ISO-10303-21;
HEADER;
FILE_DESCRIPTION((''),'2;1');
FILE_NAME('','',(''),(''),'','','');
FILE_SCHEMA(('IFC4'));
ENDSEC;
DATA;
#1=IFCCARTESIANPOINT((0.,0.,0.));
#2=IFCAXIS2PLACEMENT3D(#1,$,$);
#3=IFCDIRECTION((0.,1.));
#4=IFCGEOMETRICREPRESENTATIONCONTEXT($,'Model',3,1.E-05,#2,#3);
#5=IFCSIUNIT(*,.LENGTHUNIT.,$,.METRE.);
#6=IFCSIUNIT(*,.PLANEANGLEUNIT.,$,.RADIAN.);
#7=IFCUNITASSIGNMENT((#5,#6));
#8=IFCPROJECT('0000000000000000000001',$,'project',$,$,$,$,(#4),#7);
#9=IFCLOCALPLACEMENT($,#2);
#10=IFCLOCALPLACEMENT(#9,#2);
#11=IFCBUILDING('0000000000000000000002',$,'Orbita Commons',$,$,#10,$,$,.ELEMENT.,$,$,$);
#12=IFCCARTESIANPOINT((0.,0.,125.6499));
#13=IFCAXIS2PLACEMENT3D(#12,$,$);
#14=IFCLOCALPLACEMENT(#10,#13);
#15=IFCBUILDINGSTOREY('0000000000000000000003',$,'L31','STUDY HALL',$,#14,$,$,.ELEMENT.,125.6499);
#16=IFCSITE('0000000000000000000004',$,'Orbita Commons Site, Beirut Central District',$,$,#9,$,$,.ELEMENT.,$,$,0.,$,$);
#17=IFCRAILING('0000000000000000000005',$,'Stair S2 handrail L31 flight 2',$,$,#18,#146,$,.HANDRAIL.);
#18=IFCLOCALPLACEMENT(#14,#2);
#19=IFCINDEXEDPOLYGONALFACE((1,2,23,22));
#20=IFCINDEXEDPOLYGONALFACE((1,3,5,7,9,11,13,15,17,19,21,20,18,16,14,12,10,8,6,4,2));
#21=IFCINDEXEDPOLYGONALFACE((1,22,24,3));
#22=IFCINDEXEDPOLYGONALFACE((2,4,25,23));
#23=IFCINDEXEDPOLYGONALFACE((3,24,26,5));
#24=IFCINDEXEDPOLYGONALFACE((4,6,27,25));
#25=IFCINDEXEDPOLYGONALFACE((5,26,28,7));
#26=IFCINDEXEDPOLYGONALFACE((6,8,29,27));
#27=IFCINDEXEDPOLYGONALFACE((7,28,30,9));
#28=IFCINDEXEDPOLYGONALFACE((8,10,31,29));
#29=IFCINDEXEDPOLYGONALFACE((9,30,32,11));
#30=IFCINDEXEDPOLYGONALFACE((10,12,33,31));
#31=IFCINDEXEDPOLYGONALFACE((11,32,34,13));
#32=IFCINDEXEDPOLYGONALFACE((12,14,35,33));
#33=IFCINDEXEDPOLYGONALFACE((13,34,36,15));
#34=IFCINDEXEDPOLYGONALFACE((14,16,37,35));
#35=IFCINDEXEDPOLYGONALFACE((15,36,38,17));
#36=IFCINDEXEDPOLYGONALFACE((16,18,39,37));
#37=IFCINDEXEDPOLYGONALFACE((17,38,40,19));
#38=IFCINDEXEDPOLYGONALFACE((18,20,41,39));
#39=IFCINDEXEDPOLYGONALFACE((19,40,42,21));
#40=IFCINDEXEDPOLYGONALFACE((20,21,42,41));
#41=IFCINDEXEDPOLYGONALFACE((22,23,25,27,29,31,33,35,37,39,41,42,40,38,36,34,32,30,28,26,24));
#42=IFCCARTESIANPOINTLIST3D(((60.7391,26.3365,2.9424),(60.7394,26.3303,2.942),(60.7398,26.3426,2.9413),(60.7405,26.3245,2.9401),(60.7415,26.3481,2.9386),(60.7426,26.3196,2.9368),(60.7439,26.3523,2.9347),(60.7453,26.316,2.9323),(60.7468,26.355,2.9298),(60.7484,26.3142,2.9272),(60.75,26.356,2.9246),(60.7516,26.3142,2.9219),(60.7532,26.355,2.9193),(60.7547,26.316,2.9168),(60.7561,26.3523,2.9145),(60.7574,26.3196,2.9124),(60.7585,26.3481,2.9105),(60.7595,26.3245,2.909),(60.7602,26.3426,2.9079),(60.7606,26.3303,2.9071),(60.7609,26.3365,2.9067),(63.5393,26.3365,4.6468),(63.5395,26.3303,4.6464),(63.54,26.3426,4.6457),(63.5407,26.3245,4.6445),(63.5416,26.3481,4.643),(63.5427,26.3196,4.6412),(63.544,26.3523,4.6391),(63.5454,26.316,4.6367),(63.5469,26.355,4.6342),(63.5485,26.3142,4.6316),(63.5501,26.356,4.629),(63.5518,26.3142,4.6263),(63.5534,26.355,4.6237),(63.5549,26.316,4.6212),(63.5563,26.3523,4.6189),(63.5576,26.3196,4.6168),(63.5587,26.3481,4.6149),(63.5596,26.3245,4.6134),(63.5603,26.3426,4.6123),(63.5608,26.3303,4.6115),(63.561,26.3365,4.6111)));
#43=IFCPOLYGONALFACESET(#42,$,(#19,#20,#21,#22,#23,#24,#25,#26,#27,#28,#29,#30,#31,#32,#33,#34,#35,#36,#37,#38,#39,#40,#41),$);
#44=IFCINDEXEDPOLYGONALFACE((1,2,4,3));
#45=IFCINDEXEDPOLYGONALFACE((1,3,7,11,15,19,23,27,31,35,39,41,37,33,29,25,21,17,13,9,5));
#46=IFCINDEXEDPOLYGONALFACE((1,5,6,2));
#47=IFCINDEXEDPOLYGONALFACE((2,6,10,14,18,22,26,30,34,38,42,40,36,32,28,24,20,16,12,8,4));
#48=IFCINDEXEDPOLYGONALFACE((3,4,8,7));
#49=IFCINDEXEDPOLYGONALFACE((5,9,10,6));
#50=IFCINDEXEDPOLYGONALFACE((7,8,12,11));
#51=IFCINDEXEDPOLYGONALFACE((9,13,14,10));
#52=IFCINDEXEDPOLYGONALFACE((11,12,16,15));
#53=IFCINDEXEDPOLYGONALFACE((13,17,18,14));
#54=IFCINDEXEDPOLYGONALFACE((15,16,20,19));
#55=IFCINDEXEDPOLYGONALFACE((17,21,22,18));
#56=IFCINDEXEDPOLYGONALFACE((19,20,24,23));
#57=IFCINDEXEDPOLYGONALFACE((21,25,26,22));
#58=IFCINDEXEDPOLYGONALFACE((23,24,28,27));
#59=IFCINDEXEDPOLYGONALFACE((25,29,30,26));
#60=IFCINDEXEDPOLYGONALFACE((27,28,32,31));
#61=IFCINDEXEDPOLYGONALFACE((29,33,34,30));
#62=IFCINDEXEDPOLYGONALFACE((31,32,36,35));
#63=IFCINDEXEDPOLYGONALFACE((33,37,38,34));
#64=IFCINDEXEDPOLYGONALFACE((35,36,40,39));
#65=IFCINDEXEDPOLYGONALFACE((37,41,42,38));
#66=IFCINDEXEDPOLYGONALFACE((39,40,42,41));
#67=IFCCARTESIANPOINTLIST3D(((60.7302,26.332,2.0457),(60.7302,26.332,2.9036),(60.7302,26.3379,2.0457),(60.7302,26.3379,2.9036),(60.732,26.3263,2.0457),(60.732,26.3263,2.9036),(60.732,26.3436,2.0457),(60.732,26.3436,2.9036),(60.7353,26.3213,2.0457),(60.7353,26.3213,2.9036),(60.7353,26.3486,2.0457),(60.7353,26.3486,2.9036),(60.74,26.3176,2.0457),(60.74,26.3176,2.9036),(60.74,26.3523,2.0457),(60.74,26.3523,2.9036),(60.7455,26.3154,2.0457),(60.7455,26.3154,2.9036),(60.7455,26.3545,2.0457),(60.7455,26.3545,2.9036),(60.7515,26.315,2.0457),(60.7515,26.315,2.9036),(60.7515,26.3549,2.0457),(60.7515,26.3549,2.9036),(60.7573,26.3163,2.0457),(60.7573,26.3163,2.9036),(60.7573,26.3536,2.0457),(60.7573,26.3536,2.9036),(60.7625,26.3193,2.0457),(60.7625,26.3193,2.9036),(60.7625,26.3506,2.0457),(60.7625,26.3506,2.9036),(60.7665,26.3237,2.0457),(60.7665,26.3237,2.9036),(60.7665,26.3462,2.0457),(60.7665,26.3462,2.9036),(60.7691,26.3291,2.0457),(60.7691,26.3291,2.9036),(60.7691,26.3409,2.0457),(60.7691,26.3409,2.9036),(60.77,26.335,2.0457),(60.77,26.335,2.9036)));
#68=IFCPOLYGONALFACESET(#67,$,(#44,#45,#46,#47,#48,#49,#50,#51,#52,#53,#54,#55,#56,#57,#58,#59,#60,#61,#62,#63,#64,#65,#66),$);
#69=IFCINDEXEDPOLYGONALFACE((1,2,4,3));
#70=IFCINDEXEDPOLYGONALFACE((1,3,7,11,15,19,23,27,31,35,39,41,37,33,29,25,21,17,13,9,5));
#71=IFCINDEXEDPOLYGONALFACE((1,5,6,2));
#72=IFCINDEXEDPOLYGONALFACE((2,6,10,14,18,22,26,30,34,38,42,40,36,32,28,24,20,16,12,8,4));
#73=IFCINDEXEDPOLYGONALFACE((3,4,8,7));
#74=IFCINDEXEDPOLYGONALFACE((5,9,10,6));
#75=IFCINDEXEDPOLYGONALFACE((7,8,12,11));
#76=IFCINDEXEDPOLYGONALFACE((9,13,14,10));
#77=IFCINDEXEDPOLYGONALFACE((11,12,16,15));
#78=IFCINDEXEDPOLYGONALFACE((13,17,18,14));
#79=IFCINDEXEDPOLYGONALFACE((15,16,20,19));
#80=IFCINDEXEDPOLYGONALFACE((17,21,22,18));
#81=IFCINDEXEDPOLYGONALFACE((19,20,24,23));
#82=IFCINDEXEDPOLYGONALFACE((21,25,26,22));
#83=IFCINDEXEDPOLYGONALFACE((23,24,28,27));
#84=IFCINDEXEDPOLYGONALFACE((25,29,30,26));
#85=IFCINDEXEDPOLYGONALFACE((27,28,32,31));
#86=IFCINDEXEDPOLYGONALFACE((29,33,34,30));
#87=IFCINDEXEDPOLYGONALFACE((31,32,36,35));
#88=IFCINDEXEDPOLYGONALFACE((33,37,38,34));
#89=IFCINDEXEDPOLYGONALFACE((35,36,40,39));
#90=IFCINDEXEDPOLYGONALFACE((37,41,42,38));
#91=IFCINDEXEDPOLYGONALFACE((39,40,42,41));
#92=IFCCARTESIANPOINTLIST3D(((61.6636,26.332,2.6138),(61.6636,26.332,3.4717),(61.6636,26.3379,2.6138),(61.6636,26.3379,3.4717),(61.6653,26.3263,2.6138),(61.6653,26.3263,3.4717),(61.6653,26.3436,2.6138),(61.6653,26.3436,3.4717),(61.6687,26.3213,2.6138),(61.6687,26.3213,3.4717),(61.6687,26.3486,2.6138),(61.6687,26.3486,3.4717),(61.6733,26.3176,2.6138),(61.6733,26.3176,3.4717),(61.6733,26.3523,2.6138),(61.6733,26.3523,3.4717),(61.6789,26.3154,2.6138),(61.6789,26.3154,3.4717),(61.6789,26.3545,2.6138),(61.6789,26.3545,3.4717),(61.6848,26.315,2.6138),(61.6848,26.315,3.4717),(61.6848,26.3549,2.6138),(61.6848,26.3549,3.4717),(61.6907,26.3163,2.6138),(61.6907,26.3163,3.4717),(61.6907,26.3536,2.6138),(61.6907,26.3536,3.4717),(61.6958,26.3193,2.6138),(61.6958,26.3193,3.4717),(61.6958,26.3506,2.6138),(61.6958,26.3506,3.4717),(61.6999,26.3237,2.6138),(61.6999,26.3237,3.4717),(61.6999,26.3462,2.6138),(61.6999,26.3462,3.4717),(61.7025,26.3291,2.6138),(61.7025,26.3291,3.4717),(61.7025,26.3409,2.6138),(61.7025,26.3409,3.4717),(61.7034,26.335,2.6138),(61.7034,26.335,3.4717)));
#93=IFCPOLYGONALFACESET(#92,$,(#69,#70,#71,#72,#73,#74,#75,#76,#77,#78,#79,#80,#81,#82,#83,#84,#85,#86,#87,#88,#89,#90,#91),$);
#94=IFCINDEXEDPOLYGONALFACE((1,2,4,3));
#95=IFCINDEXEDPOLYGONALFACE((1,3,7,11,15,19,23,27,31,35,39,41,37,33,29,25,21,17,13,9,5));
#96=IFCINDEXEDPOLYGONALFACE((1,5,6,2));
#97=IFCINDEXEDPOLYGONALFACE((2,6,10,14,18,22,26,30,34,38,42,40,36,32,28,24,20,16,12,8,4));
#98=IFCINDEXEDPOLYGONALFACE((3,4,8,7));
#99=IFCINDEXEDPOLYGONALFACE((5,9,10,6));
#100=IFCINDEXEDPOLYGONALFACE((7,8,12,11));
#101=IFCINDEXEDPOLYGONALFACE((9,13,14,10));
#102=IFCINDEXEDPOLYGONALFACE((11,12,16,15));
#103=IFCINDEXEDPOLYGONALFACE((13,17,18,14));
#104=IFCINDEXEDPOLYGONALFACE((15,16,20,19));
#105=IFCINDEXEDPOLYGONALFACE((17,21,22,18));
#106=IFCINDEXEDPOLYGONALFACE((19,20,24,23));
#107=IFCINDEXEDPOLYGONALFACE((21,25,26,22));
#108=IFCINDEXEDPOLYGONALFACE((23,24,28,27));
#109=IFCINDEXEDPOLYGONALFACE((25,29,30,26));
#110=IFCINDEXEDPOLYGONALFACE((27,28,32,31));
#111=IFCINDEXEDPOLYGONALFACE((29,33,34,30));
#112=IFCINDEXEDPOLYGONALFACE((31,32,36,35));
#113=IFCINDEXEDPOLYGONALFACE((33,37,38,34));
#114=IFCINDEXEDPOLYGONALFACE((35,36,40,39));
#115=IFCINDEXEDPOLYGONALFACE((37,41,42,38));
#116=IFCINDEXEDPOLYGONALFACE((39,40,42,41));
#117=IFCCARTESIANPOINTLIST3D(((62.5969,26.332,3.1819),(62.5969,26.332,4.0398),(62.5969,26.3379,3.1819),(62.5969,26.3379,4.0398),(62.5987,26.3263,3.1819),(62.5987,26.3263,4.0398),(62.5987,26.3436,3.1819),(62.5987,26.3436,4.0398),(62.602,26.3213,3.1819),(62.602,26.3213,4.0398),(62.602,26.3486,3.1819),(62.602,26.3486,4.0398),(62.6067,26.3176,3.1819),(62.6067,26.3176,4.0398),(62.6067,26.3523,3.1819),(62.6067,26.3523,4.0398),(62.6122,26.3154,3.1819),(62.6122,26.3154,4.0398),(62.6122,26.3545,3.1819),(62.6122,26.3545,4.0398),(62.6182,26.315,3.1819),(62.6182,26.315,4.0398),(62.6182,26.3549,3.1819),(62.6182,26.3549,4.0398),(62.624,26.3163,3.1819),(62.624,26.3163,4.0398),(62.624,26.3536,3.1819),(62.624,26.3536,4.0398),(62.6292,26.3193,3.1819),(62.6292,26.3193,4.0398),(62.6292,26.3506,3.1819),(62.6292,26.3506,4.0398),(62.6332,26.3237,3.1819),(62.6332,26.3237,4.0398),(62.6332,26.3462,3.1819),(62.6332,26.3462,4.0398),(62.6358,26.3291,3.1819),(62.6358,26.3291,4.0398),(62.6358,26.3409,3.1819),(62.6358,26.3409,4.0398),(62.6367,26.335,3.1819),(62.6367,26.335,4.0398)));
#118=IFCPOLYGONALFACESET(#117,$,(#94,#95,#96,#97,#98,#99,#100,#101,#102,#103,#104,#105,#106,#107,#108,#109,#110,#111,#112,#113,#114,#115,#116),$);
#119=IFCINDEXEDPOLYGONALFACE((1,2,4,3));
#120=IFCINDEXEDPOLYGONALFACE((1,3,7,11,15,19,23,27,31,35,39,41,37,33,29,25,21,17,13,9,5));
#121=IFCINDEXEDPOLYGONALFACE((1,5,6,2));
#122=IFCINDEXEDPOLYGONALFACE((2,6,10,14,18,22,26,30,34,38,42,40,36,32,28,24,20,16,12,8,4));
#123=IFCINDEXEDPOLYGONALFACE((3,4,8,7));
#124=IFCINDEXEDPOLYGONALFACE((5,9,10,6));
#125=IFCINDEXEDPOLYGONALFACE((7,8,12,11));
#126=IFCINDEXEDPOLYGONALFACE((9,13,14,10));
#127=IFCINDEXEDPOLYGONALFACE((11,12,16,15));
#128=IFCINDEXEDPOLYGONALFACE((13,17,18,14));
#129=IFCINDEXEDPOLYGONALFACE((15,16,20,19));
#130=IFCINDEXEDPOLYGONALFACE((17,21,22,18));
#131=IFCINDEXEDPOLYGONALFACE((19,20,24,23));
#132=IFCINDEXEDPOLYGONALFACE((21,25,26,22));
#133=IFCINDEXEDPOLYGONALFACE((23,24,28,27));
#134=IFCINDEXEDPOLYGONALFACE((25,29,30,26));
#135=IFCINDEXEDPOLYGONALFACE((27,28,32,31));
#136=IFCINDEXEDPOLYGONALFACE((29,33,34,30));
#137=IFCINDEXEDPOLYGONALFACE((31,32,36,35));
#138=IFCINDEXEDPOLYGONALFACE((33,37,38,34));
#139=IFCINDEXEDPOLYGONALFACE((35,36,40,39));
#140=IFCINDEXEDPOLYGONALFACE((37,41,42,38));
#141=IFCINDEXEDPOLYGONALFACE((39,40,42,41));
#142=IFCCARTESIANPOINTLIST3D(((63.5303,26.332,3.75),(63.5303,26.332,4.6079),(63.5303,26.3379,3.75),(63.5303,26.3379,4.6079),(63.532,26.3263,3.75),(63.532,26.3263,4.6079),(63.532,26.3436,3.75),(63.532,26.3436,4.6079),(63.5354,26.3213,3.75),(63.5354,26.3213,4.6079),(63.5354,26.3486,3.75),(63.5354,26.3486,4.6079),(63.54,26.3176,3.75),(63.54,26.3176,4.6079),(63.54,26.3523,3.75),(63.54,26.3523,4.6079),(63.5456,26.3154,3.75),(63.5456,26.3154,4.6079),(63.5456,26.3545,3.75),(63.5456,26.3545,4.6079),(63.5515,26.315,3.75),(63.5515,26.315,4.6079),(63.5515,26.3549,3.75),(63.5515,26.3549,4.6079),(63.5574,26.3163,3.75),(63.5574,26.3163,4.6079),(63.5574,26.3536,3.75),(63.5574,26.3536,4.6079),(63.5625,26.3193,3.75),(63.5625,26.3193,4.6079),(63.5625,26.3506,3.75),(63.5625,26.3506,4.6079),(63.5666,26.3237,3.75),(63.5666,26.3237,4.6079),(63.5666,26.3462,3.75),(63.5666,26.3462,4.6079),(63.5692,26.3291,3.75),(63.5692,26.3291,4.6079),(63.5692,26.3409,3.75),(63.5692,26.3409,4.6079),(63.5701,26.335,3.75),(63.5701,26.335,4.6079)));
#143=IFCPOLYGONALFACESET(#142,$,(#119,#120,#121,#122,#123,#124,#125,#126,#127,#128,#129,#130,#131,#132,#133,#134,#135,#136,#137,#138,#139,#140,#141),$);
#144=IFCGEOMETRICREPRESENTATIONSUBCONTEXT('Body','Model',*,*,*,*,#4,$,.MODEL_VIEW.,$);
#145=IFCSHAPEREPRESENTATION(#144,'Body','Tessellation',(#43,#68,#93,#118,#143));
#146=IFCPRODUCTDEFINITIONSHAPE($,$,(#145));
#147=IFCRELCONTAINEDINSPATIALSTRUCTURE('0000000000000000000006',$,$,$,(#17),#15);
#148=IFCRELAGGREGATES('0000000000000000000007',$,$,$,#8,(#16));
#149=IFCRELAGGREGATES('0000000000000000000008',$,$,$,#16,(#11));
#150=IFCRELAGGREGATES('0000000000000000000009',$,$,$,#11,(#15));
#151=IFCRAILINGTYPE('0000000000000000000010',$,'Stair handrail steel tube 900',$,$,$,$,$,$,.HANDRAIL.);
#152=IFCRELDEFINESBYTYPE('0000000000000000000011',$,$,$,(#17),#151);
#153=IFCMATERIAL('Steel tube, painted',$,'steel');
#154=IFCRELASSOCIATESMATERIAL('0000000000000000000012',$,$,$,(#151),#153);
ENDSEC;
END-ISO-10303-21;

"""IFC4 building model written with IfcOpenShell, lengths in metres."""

from ifc_helpers import new_model, si_unit, direction, frame, origin, origin_2d, place, context, subcontext, project, spatial, circle, extrude, material, type_object, element, save


model = new_model("IFC4")

# Units and contexts
model_context = context("Model", 3, precision=1e-05, world=origin(), true_north=direction((0.0, 1.0)))
body_context = subcontext(model_context, "Body", "Model", "MODEL_VIEW")
ifc_project = project(units=[si_unit("LENGTHUNIT", "METRE"), si_unit("PLANEANGLEUNIT", "RADIAN")], contexts=[model_context])

# Site, building, storey
site_placement = place(None, origin())
site = spatial("IfcSite", under=ifc_project, at=site_placement, Name="Orbita Commons Site, Beirut Central District", CompositionType="ELEMENT", RefElevation=0.0)
building_placement = place(site_placement, origin())
building = spatial("IfcBuilding", under=site, at=building_placement, Name="Orbita Commons", CompositionType="ELEMENT")
storey_placement = place(building_placement, frame((0.0, 0.0, 125.6499)))
storey = spatial("IfcBuildingStorey", under=building, at=storey_placement, Name="L31", Description="STUDY HALL", CompositionType="ELEMENT", Elevation=125.6499)

# Railing
ifc_material_1 = material(Name="Steel tube, painted", Category="steel")
railing_type = type_object("IfcRailingType", Name="Stair handrail steel tube 900", PredefinedType="HANDRAIL", material=ifc_material_1)
for number, where, name in (
    (1, (60.75, 26.335, 2.0457), "Stair S2 handrail L31 flight 2"),
):
    element("IfcRailing", number, at=place(storey_placement, frame(where)), inside=storey, type_object=railing_type, Name=name, PredefinedType="HANDRAIL", context=body_context, shape_type="SweptSolid", body=[
        extrude(circle(Radius=0.021, at=origin_2d()), frame((0.0, 0.0, 0.8789), z_axis=(0.854203, 0.0, 0.51994), x_axis=(0.0, 1.0, 0.0)), (0.0, 0.0, 1.0), 3.2781),
        extrude(circle(Radius=0.02, at=origin_2d()), origin(), (0.0, 0.0, 1.0), 0.8579),
        extrude(circle(Radius=0.02, at=origin_2d()), frame((0.9333, 0.0, 0.5681)), (0.0, 0.0, 1.0), 0.8579),
        extrude(circle(Radius=0.02, at=origin_2d()), frame((1.8667, 0.0, 1.1362)), (0.0, 0.0, 1.0), 0.8579),
        extrude(circle(Radius=0.02, at=origin_2d()), frame((2.8, 0.0, 1.7043)), (0.0, 0.0, 1.0), 0.8579),
    ])

save(model, "model.ifc")
